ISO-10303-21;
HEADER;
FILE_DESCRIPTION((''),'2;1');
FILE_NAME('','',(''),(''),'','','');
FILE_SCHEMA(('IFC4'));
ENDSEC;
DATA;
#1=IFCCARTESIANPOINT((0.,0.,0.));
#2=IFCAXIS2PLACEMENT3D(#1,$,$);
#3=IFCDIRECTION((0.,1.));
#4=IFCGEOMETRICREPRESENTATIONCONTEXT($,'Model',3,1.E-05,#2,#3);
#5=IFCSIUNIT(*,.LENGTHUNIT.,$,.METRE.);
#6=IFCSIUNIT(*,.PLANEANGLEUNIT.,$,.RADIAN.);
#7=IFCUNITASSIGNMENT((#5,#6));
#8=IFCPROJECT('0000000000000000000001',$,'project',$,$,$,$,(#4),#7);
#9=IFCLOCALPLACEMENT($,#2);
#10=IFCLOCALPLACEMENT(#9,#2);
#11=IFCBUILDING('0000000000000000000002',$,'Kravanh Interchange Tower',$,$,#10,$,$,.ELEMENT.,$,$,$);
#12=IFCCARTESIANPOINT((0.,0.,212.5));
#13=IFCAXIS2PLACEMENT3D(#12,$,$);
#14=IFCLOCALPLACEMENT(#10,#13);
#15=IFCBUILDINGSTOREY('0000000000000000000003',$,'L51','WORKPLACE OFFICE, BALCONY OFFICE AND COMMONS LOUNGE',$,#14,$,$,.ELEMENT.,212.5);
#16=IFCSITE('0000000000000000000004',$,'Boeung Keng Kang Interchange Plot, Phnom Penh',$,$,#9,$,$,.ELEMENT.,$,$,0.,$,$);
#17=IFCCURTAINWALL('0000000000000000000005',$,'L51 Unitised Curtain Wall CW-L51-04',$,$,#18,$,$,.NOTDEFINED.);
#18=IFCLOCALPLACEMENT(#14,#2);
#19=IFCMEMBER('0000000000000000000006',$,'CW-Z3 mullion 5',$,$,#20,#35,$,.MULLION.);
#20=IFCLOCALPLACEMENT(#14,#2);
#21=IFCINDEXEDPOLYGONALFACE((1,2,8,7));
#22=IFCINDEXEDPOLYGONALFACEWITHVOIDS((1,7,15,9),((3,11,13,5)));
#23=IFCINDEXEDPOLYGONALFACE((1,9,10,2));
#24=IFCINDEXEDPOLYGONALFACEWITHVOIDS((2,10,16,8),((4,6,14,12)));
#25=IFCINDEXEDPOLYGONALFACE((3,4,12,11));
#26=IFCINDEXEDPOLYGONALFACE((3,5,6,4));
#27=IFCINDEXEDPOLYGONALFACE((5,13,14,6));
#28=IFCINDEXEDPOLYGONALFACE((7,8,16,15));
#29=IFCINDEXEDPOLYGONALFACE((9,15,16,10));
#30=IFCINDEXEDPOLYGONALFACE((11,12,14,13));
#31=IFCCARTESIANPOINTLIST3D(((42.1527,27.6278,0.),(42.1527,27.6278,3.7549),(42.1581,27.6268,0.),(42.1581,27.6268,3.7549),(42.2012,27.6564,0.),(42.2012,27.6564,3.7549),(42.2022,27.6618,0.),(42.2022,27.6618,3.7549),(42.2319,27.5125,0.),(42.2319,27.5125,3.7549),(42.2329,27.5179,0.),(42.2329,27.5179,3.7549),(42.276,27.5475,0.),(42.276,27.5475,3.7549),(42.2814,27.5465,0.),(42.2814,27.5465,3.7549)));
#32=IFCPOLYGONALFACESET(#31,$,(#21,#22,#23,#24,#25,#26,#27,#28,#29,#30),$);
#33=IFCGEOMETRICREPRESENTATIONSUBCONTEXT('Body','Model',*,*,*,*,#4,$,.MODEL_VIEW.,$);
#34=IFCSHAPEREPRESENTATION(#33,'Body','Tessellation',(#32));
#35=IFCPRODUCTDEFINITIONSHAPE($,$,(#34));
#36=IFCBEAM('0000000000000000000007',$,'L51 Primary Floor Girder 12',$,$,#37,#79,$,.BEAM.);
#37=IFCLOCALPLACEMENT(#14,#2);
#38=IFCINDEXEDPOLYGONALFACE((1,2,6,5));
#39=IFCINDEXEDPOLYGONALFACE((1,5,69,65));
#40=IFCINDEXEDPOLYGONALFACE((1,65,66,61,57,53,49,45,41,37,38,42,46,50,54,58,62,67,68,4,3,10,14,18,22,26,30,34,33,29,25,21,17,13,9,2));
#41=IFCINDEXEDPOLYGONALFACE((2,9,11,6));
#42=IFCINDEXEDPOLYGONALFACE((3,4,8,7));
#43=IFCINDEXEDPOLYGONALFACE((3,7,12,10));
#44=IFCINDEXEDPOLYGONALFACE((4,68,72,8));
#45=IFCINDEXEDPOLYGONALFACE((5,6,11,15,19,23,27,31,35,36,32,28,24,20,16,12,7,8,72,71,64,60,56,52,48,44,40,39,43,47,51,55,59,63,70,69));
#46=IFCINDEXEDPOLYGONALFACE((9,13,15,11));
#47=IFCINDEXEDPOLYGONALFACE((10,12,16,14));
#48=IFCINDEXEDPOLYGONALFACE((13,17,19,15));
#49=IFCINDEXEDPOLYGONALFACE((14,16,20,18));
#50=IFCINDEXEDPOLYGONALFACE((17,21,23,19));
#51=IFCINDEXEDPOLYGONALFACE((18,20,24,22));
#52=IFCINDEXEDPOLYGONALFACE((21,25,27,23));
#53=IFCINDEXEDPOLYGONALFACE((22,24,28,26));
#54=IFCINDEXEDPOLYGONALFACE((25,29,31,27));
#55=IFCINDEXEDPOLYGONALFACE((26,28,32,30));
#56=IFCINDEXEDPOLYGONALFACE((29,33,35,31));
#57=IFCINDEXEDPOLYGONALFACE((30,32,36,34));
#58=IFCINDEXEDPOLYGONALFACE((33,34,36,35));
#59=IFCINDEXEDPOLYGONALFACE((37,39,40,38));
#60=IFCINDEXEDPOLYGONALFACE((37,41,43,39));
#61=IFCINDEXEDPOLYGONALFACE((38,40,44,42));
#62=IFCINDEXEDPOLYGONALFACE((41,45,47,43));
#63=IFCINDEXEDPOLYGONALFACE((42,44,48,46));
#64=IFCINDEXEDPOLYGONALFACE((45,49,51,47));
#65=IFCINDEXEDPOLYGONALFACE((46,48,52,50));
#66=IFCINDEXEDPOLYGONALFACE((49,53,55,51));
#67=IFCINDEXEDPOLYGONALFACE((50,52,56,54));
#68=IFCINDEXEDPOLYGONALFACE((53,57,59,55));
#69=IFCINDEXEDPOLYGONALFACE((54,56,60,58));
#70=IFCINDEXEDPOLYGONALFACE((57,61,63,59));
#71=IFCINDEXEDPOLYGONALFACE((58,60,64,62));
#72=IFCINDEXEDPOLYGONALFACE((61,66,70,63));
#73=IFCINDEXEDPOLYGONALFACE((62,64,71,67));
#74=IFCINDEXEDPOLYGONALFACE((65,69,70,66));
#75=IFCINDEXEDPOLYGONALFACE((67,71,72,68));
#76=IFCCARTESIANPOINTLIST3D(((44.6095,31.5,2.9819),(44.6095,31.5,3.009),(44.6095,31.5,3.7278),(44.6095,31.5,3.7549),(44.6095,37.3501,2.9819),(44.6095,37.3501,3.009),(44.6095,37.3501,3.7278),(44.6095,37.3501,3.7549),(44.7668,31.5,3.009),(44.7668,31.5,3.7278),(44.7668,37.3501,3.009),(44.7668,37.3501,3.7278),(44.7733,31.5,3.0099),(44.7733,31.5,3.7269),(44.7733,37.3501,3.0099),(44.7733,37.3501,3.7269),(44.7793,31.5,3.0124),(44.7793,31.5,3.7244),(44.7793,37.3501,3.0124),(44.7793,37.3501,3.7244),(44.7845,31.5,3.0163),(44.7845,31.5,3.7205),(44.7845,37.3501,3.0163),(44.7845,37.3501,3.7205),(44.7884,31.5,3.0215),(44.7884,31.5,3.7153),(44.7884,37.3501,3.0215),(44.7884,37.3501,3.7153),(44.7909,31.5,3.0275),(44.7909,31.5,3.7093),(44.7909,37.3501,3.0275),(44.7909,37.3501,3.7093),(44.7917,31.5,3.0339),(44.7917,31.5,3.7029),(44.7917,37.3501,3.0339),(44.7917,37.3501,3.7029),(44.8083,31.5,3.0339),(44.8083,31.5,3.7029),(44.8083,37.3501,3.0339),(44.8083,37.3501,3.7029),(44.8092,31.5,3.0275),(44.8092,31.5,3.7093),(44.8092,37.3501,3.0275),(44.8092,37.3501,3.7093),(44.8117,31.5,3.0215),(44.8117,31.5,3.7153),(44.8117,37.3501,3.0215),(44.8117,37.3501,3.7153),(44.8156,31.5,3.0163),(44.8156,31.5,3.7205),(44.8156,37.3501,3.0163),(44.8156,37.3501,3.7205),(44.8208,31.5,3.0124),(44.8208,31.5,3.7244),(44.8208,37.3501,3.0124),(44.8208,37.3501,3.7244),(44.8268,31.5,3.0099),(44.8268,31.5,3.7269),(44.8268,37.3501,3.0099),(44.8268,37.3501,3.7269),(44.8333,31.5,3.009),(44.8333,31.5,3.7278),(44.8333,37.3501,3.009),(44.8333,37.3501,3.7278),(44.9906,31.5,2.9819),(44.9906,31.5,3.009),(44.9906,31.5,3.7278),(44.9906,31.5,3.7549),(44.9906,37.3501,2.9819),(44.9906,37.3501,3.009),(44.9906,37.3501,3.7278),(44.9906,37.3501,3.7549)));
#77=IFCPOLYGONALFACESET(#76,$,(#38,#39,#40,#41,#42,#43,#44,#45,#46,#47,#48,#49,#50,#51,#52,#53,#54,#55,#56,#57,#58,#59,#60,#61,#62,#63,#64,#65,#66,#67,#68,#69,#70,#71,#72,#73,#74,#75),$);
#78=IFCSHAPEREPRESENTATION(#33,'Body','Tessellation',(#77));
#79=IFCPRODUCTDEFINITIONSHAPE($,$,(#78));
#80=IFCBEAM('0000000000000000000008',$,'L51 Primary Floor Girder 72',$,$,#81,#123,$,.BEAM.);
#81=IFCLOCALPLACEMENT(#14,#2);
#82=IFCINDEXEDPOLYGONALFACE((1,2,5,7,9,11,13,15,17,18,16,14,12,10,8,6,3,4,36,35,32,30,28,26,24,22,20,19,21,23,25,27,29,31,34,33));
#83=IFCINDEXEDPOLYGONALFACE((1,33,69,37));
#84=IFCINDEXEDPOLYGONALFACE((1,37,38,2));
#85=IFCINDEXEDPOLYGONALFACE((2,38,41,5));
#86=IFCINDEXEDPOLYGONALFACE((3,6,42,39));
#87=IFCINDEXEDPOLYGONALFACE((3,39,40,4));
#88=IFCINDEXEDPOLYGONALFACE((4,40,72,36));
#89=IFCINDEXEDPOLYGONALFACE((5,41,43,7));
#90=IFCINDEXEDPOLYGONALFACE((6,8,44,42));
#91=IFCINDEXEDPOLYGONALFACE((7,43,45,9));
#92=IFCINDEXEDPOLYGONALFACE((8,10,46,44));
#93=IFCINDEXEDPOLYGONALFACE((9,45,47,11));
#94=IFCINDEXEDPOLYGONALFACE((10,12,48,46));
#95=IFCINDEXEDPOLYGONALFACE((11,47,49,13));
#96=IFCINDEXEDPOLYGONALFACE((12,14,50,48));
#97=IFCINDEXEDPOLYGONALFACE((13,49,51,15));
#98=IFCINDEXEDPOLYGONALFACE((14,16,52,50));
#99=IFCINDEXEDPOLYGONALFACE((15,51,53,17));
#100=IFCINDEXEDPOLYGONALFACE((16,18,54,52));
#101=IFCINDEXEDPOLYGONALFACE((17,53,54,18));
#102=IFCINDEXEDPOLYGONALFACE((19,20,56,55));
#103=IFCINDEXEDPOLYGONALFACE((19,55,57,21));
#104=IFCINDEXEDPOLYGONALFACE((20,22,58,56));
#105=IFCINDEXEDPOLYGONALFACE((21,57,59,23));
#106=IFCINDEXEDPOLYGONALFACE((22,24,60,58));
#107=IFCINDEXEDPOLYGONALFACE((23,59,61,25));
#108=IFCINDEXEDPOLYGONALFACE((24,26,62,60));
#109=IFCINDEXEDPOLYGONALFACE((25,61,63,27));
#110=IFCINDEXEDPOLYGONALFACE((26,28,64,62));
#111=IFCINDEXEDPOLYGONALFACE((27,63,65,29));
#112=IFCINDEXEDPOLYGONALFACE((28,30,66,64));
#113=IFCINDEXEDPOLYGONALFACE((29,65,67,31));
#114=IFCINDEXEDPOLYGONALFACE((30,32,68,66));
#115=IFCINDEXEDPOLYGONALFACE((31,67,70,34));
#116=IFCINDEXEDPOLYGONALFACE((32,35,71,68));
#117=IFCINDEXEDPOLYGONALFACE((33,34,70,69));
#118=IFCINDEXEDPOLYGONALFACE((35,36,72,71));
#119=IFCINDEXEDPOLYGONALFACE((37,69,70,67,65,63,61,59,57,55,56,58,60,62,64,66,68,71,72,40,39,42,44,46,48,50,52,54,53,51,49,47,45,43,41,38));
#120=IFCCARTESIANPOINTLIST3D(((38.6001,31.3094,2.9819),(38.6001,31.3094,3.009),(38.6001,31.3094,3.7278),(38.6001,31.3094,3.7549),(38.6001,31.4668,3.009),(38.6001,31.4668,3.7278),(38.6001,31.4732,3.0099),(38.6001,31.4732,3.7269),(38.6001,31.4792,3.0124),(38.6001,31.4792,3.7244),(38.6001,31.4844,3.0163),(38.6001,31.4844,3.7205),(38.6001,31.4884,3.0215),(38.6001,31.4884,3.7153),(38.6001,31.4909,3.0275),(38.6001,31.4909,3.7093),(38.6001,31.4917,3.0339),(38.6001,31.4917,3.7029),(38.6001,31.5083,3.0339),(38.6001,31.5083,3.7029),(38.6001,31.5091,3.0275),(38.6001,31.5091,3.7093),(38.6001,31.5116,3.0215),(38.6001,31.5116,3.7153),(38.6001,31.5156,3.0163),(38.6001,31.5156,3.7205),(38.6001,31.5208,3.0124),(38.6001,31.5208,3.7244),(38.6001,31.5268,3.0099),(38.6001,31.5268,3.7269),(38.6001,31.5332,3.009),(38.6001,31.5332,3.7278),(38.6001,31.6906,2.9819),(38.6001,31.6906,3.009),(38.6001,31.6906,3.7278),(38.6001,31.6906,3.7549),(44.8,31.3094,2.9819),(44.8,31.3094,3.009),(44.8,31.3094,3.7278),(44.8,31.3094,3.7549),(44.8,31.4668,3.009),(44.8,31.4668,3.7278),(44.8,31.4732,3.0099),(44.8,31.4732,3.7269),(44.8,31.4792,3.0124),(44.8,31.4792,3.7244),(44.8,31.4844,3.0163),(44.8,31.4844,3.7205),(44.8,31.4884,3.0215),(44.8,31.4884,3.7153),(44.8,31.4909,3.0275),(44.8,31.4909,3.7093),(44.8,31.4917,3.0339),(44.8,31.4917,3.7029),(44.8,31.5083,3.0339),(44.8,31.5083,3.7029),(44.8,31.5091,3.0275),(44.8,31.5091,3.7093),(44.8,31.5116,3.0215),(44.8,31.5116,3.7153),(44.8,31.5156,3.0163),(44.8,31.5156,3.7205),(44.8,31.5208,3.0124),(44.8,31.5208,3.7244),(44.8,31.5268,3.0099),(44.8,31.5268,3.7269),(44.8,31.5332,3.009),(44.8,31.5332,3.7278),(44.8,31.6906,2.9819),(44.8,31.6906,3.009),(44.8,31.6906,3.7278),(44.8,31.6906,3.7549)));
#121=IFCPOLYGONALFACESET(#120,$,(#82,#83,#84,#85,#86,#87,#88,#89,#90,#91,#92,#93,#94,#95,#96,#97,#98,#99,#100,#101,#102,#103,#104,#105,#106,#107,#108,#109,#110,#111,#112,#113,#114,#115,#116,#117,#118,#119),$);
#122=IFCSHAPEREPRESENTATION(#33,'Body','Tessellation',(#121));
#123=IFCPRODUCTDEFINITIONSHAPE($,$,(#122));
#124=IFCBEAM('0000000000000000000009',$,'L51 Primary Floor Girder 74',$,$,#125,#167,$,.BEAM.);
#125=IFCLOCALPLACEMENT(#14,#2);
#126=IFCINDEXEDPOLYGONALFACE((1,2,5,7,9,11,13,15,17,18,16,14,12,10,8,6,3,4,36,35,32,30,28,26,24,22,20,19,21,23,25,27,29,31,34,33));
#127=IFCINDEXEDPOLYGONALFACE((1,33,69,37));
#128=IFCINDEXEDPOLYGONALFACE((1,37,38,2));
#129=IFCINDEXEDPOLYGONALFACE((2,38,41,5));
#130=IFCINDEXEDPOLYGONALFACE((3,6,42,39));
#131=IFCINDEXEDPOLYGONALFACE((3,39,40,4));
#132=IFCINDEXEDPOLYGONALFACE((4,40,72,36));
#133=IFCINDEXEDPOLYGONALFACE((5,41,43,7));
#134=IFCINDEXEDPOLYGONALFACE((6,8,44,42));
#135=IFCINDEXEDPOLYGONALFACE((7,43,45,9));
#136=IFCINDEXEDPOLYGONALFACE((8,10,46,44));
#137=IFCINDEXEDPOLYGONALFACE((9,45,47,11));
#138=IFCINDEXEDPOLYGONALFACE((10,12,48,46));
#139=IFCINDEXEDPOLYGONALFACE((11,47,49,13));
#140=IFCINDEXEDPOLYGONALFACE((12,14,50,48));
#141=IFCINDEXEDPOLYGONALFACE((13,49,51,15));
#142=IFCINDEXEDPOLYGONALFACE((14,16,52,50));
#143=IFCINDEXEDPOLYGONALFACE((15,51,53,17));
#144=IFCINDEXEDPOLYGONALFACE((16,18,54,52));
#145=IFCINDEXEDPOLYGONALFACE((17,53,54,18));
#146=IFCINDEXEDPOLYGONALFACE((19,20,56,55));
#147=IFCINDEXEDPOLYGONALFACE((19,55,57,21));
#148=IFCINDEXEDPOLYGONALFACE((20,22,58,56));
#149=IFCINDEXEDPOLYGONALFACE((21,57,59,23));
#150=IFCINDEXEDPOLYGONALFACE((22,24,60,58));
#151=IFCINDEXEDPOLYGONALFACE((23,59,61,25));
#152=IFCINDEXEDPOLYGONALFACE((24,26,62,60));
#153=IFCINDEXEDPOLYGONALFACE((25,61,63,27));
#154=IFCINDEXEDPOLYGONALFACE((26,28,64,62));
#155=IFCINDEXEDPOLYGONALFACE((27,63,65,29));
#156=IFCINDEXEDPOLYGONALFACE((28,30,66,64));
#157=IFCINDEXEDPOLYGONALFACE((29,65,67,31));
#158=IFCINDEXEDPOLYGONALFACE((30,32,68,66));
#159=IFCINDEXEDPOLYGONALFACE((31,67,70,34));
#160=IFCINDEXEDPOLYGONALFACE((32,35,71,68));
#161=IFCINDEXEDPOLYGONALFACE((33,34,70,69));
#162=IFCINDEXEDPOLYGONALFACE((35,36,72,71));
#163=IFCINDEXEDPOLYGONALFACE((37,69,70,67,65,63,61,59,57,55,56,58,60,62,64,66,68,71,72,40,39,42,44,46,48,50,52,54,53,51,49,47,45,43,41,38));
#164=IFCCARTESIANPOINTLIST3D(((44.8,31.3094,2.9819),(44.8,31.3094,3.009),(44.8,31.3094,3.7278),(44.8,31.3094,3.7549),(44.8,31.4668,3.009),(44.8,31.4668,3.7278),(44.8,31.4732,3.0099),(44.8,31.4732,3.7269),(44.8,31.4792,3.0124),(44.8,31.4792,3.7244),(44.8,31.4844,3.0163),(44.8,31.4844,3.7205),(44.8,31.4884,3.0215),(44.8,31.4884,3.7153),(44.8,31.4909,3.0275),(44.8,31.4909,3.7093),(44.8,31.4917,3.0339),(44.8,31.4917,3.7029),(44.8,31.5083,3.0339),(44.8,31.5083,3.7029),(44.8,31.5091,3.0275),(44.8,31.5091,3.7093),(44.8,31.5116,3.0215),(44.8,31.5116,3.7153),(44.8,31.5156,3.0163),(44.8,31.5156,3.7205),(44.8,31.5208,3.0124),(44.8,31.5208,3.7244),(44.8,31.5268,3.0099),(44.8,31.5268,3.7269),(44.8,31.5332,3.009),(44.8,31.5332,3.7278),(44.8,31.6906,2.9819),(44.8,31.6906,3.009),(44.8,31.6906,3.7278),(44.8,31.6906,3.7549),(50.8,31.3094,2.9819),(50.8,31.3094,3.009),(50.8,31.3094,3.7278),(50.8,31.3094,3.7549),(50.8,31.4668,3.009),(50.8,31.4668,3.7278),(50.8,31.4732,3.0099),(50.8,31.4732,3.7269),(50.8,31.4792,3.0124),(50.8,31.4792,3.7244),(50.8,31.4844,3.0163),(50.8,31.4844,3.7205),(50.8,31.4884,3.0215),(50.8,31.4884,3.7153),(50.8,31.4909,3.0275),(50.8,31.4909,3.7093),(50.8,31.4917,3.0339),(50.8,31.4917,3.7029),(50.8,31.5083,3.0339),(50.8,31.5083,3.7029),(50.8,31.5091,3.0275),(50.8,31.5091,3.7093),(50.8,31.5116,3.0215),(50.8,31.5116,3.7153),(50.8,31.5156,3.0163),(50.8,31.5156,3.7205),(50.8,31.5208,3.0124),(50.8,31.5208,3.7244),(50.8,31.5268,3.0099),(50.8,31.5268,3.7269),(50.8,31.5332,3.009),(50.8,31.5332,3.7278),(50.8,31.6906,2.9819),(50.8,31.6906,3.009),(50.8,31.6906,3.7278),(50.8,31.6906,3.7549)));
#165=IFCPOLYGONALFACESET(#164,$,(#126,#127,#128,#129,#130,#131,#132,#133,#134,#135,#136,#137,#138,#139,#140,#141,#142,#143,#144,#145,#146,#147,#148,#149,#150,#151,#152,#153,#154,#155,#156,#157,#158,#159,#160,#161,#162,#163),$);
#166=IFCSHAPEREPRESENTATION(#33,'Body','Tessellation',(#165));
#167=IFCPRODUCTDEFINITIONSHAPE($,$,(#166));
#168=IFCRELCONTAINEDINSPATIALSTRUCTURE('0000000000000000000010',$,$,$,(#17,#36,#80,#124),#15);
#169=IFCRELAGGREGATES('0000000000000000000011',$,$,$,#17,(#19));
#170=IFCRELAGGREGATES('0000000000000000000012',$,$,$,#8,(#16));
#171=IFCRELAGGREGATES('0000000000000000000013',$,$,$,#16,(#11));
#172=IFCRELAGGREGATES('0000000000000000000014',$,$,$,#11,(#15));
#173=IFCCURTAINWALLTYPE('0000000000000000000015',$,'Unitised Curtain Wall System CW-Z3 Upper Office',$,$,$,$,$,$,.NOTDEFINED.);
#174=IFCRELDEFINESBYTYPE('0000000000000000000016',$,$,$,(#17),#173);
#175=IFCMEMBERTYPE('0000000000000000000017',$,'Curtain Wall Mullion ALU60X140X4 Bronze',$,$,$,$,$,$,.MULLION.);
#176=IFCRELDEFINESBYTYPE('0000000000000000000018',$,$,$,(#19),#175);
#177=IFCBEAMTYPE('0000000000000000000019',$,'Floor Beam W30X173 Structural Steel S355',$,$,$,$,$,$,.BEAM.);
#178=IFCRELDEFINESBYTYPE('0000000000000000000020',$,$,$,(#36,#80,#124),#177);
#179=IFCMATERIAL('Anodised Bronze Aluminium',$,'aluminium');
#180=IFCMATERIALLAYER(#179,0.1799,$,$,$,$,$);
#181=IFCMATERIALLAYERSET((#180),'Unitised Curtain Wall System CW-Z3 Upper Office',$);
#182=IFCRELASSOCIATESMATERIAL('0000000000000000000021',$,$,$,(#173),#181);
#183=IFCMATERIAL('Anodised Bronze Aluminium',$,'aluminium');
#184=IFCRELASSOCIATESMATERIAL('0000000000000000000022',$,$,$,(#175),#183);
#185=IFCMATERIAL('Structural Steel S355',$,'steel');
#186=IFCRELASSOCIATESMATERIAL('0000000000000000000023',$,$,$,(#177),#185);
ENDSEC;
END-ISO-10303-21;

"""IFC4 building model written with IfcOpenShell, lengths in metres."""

from ifc_helpers import new_model, si_unit, direction, frame, origin, origin_2d, place, context, subcontext, project, spatial, hollow_rectangle, i_section, extrude, material, layer, layer_set, material_profile, profile_set, type_object, element, aggregate, save


model = new_model("IFC4")

# Units and contexts
model_context = context("Model", 3, precision=1e-05, world=origin(), true_north=direction((0.0, 1.0)))
body_context = subcontext(model_context, "Body", "Model", "MODEL_VIEW")
ifc_project = project(units=[si_unit("LENGTHUNIT", "METRE"), si_unit("PLANEANGLEUNIT", "RADIAN")], contexts=[model_context])

# Site, building, storey
site_placement = place(None, origin())
site = spatial("IfcSite", under=ifc_project, at=site_placement, Name="Boeung Keng Kang Interchange Plot, Phnom Penh", CompositionType="ELEMENT", RefElevation=0.0)
building_placement = place(site_placement, origin())
building = spatial("IfcBuilding", under=site, at=building_placement, Name="Kravanh Interchange Tower", CompositionType="ELEMENT")
storey_placement = place(building_placement, frame((0.0, 0.0, 212.5)))
storey = spatial("IfcBuildingStorey", under=building, at=storey_placement, Name="L51", Description="WORKPLACE OFFICE, BALCONY OFFICE AND COMMONS LOUNGE", CompositionType="ELEMENT", Elevation=212.5)

# Curtain wall, member
ifc_material_1 = material(Name="Anodised Bronze Aluminium", Category="aluminium")
ifc_layer_1 = layer(ifc_material_1, 0.1799)
ifc_layer_set_1 = layer_set([ifc_layer_1], Name="Unitised Curtain Wall System CW-Z3 Upper Office")
curtain_wall_type = type_object("IfcCurtainWallType", Name="Unitised Curtain Wall System CW-Z3 Upper Office", PredefinedType="NOTDEFINED", material=ifc_layer_set_1)
curtain_wall_placement = place(storey_placement, origin())
curtain_wall = element("IfcCurtainWall", 1, at=curtain_wall_placement, inside=storey, type_object=curtain_wall_type, Name="L51 Unitised Curtain Wall CW-L51-04", PredefinedType="NOTDEFINED")
ifc_material_2 = material(Name="Anodised Bronze Aluminium", Category="aluminium")
ifc_material_profile_1 = material_profile(ifc_material_2, hollow_rectangle(XDim=0.0601, YDim=0.1399, WallThickness=0.0039, at=origin_2d()), Name="ALU60X140X4")
ifc_profile_set_1 = profile_set([ifc_material_profile_1], Name="Anodised Bronze Aluminium")
member_type = type_object("IfcMemberType", Name="Curtain Wall Mullion ALU60X140X4 Bronze", PredefinedType="MULLION", material=ifc_profile_set_1)
member_placement = place(storey_placement, frame((42.217, 27.5872, 0.0), z_axis=(0.0, 0.0, 1.0), x_axis=(-0.824042, -0.566528, 0.0)))
member = element("IfcMember", 2, at=member_placement, type_object=member_type, Name="CW-Z3 mullion 5", PredefinedType="MULLION", context=body_context, shape_type="SweptSolid", body=[
    extrude(hollow_rectangle(XDim=0.0601, YDim=0.1399, WallThickness=0.0039, at=origin_2d()), origin(), (0.0, 0.0, 1.0), 3.7549),
])
aggregate(curtain_wall, [member])

# Beams
ifc_material_3 = material(Name="Structural Steel S355", Category="steel")
ifc_material_profile_2 = material_profile(ifc_material_3, i_section(OverallWidth=0.3811, OverallDepth=0.7729, WebThickness=0.0166, FlangeThickness=0.0271, FilletRadius=0.0249, at=origin_2d()), Name="W30X173")
ifc_profile_set_2 = profile_set([ifc_material_profile_2], Name="Structural Steel S355")
beam_type_1 = type_object("IfcBeamType", Name="Floor Beam W30X173 Structural Steel S355", PredefinedType="BEAM", material=ifc_profile_set_2)
beam_1_placement = place(storey_placement, frame((44.8, 37.3501, 3.3684), z_axis=(0.0, -1.0, 0.0), x_axis=(1.0, 0.0, 0.0)))
element("IfcBeam", 3, at=beam_1_placement, inside=storey, type_object=beam_type_1, Name="L51 Primary Floor Girder 12", PredefinedType="BEAM", context=body_context, shape_type="SweptSolid", body=[
    extrude(i_section(OverallWidth=0.3811, OverallDepth=0.7729, WebThickness=0.0166, FlangeThickness=0.0271, FilletRadius=0.0249, at=origin_2d()), origin(), (0.0, 0.0, 1.0), 5.8501),
])
beam_2_placement = place(storey_placement, frame((38.6001, 31.5, 3.3684), z_axis=(1.0, 0.0, 0.0), x_axis=(0.0, 1.0, 0.0)))
element("IfcBeam", 4, at=beam_2_placement, inside=storey, type_object=beam_type_1, Name="L51 Primary Floor Girder 72", PredefinedType="BEAM", context=body_context, shape_type="SweptSolid", body=[
    extrude(i_section(OverallWidth=0.3811, OverallDepth=0.7729, WebThickness=0.0166, FlangeThickness=0.0271, FilletRadius=0.0249, at=origin_2d()), origin(), (0.0, 0.0, 1.0), 6.2),
])
beam_3_placement = place(storey_placement, frame((44.8, 31.5, 3.3684), z_axis=(1.0, 0.0, 0.0), x_axis=(0.0, 1.0, 0.0)))
element("IfcBeam", 5, at=beam_3_placement, inside=storey, type_object=beam_type_1, Name="L51 Primary Floor Girder 74", PredefinedType="BEAM", context=body_context, shape_type="SweptSolid", body=[
    extrude(i_section(OverallWidth=0.3811, OverallDepth=0.7729, WebThickness=0.0166, FlangeThickness=0.0271, FilletRadius=0.0249, at=origin_2d()), origin(), (0.0, 0.0, 1.0), 6.0),
])

save(model, "model.ifc")
